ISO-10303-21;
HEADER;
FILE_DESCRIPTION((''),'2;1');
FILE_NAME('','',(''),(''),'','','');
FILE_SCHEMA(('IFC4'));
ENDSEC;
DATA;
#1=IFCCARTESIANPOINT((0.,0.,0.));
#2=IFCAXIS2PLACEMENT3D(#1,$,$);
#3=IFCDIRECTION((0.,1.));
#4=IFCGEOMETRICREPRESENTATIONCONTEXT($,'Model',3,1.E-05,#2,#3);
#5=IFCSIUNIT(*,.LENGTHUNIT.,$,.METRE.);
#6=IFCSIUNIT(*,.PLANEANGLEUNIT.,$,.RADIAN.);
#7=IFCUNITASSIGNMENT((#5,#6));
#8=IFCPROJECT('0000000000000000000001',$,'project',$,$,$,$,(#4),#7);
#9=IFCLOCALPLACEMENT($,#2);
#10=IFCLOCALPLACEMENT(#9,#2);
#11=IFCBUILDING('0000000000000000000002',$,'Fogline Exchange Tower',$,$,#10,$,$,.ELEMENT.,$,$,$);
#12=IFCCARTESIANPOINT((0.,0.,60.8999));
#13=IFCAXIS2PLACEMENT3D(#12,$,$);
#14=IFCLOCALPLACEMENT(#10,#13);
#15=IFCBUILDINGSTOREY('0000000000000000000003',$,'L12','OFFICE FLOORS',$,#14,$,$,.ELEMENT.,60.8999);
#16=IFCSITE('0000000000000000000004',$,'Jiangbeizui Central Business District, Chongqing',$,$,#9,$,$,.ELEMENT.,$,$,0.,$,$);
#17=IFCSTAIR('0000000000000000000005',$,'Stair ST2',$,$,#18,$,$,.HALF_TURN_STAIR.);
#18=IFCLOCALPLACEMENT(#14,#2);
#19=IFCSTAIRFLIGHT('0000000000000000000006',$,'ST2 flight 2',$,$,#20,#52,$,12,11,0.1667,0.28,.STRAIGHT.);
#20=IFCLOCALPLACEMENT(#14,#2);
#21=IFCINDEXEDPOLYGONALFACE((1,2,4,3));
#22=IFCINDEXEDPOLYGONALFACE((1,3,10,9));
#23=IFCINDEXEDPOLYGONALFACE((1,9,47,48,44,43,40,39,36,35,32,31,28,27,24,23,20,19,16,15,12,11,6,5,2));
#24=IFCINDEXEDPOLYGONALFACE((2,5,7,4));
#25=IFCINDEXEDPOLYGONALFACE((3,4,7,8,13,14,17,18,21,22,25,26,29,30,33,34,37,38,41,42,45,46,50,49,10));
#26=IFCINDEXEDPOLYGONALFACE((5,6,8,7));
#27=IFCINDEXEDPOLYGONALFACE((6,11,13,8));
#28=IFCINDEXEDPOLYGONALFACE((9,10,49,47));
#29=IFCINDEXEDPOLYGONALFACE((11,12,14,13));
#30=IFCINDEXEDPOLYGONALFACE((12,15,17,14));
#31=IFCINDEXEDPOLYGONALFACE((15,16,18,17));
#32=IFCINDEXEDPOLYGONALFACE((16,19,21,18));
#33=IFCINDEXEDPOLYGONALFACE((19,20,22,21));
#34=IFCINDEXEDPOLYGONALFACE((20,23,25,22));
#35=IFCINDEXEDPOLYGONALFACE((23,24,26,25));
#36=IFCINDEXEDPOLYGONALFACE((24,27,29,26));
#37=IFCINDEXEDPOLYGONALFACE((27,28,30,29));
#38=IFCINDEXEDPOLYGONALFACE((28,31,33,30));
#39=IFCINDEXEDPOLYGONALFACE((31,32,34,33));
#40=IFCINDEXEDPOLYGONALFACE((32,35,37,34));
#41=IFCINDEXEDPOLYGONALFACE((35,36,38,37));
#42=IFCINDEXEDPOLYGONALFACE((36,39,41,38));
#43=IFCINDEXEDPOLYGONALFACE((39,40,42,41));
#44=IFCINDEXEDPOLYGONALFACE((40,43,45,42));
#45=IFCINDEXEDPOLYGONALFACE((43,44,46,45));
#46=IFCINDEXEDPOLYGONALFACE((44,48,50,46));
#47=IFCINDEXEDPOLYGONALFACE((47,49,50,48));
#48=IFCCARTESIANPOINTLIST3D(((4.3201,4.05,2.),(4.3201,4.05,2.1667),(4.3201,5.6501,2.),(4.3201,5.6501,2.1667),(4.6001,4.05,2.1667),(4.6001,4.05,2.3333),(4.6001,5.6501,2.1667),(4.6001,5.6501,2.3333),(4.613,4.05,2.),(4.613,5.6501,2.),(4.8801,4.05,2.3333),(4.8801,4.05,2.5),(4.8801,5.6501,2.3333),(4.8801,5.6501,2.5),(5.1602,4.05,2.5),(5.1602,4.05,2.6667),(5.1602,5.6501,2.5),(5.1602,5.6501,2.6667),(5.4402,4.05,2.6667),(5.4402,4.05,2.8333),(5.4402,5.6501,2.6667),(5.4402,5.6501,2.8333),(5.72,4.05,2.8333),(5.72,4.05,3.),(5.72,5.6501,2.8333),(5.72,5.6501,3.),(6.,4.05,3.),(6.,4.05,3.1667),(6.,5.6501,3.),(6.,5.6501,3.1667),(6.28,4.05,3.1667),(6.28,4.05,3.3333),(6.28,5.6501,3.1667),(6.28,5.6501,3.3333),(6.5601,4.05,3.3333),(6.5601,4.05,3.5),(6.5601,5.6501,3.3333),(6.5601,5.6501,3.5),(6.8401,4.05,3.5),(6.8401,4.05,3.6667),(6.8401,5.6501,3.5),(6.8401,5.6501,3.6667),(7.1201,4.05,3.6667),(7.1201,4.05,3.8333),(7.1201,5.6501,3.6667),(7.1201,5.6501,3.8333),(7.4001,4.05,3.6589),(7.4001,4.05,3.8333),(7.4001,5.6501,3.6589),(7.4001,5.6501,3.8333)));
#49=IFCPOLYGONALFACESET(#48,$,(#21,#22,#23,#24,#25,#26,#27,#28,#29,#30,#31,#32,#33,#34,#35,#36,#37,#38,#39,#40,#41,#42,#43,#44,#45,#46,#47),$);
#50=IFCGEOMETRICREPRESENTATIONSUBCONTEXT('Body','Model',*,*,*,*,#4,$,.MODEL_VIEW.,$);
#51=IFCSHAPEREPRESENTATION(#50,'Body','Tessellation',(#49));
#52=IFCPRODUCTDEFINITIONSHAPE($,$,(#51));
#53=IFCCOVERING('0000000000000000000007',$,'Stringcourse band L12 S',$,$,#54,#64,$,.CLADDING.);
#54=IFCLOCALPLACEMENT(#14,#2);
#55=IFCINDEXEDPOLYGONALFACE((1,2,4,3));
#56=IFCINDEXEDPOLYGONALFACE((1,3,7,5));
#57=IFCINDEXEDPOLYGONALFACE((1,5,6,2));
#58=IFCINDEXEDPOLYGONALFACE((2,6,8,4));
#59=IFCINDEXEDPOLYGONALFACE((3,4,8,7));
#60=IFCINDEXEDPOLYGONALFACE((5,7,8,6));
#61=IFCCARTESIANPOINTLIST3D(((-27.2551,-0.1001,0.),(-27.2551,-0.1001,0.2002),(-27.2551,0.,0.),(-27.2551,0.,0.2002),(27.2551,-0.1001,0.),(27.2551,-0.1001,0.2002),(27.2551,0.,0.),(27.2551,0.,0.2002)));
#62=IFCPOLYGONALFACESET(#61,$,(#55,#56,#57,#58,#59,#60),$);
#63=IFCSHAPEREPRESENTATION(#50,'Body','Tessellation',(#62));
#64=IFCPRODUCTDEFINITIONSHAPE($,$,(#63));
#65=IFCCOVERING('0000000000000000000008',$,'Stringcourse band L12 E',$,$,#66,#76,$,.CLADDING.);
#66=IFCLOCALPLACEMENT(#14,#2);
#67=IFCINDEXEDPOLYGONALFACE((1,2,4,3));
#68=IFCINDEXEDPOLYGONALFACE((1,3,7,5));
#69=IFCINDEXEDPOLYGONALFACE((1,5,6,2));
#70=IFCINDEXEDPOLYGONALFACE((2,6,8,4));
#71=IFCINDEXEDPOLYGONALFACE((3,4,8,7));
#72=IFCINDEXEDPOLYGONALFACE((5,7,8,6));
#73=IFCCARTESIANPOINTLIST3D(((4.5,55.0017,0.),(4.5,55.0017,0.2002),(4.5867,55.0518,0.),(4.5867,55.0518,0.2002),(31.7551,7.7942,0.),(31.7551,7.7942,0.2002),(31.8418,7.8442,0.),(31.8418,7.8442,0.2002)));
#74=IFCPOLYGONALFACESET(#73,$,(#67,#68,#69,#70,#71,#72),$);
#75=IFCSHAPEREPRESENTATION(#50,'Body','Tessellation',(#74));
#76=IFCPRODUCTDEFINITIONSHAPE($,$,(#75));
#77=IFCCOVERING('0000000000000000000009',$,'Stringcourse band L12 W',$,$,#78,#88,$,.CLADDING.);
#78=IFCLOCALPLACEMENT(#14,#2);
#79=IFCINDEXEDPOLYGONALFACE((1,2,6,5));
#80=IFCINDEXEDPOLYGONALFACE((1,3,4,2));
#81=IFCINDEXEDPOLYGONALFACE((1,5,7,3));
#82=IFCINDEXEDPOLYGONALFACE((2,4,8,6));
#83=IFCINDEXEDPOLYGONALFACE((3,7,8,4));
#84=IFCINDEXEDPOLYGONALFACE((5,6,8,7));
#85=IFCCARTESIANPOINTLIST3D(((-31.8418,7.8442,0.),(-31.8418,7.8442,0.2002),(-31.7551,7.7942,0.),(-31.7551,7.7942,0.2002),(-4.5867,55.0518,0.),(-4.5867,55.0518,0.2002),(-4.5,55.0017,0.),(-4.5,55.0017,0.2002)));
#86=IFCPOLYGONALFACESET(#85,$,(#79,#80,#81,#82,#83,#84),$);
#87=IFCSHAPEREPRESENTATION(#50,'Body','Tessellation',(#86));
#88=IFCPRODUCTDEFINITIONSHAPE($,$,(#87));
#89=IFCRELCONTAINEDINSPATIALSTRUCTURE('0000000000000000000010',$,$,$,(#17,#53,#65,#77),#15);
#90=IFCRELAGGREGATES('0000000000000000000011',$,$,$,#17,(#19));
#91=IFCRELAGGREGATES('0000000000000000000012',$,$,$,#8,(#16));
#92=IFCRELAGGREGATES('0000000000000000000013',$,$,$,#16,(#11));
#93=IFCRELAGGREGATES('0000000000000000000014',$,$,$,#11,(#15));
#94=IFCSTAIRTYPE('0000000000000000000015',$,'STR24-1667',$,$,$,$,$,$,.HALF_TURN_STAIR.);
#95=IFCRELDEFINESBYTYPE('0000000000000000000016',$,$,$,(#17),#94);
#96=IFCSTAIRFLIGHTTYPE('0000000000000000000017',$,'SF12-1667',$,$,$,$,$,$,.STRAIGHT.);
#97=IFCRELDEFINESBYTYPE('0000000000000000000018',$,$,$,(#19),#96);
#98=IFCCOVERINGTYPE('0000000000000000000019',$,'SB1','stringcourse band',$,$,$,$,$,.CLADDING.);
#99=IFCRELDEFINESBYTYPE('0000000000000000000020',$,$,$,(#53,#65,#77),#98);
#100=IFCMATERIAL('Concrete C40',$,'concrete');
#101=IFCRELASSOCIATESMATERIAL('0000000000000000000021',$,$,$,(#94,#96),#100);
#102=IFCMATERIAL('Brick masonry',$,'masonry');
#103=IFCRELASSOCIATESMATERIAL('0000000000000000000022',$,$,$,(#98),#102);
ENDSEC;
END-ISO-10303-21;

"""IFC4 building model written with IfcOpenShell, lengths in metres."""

from ifc_helpers import new_model, si_unit, direction, frame, origin, place, context, subcontext, project, spatial, polyline, outline, extrude, material, type_object, element, aggregate, save


model = new_model("IFC4")

# Units and contexts
model_context = context("Model", 3, precision=1e-05, world=origin(), true_north=direction((0.0, 1.0)))
body_context = subcontext(model_context, "Body", "Model", "MODEL_VIEW")
ifc_project = project(units=[si_unit("LENGTHUNIT", "METRE"), si_unit("PLANEANGLEUNIT", "RADIAN")], contexts=[model_context])

# Site, building, storey
site_placement = place(None, origin())
site = spatial("IfcSite", under=ifc_project, at=site_placement, Name="Jiangbeizui Central Business District, Chongqing", CompositionType="ELEMENT", RefElevation=0.0)
building_placement = place(site_placement, origin())
building = spatial("IfcBuilding", under=site, at=building_placement, Name="Fogline Exchange Tower", CompositionType="ELEMENT")
storey_placement = place(building_placement, frame((0.0, 0.0, 60.8999)))
storey = spatial("IfcBuildingStorey", under=building, at=storey_placement, Name="L12", Description="OFFICE FLOORS", CompositionType="ELEMENT", Elevation=60.8999)

# Shared definitions
ifc_material_1 = material(Name="Concrete C40", Category="concrete")

# Stair
stair_type = type_object("IfcStairType", Name="STR24-1667", PredefinedType="HALF_TURN_STAIR", material=ifc_material_1)
stair_1_placement = place(storey_placement, origin())
stair_1 = element("IfcStair", 1, at=stair_1_placement, inside=storey, type_object=stair_type, Name="Stair ST2", PredefinedType="HALF_TURN_STAIR")

# Stair flight
stair_flight_type = type_object("IfcStairFlightType", Name="SF12-1667", PredefinedType="STRAIGHT", material=ifc_material_1)
stair_flight_placement = place(storey_placement, frame((4.3201, 4.8501, 2.0), z_axis=(0.0, 0.0, 1.0), x_axis=(1.0, 0.0, 0.0)))
stair_flight = element("IfcStairFlight", 2, at=stair_flight_placement, type_object=stair_flight_type, Name="ST2 flight 2", NumberOfRisers=12, NumberOfTreads=11, PredefinedType="STRAIGHT", RiserHeight=0.1667, TreadLength=0.28, context=body_context, shape_type="SweptSolid", body=[
    extrude(outline(polyline([(0.0, 0.0), (0.0, 0.1667), (0.28, 0.1667), (0.28, 0.3333), (0.5601, 0.3333), (0.5601, 0.5), (0.8401, 0.5), (0.8401, 0.6667), (1.1201, 0.6667), (1.1201, 0.8333), (1.3999, 0.8333), (1.3999, 1.0), (1.6799, 1.0), (1.6799, 1.1667), (1.96, 1.1667), (1.96, 1.3333), (2.24, 1.3333), (2.24, 1.5), (2.52, 1.5), (2.52, 1.6667), (2.8, 1.6667), (2.8, 1.8333), (3.0801, 1.8333), (3.0801, 2.0), (3.0801, 1.6589), (0.293, 0.0), (0.0, 0.0)])), frame((0.0, 0.8, 0.0), z_axis=(0.0, -1.0, 0.0), x_axis=(1.0, 0.0, 0.0)), (0.0, 0.0, 1.0), 1.6001),
])
aggregate(stair_1, [stair_flight])

# Coverings
ifc_material_2 = material(Name="Brick masonry", Category="masonry")
covering_type = type_object("IfcCoveringType", Name="SB1", Description="stringcourse band", PredefinedType="CLADDING", material=ifc_material_2)
covering_1_placement = place(storey_placement, origin())
element("IfcCovering", 3, at=covering_1_placement, inside=storey, type_object=covering_type, Name="Stringcourse band L12 S", PredefinedType="CLADDING", context=body_context, shape_type="SweptSolid", body=[
    extrude(outline(polyline([(-27.2551, 0.0), (-27.2551, -0.1001), (27.2551, -0.1001), (27.2551, 0.0), (-27.2551, 0.0)])), origin(), (0.0, 0.0, 1.0), 0.2002),
])
covering_2_placement = place(storey_placement, origin())
element("IfcCovering", 4, at=covering_2_placement, inside=storey, type_object=covering_type, Name="Stringcourse band L12 E", PredefinedType="CLADDING", context=body_context, shape_type="SweptSolid", body=[
    extrude(outline(polyline([(31.7551, 7.7942), (31.8418, 7.8442), (4.5867, 55.0518), (4.5, 55.0017), (31.7551, 7.7942)])), origin(), (0.0, 0.0, 1.0), 0.2002),
])
covering_3_placement = place(storey_placement, origin())
element("IfcCovering", 5, at=covering_3_placement, inside=storey, type_object=covering_type, Name="Stringcourse band L12 W", PredefinedType="CLADDING", context=body_context, shape_type="SweptSolid", body=[
    extrude(outline(polyline([(-4.5, 55.0017), (-4.5867, 55.0518), (-31.8418, 7.8442), (-31.7551, 7.7942), (-4.5, 55.0017)])), origin(), (0.0, 0.0, 1.0), 0.2002),
])

save(model, "model.ifc")
